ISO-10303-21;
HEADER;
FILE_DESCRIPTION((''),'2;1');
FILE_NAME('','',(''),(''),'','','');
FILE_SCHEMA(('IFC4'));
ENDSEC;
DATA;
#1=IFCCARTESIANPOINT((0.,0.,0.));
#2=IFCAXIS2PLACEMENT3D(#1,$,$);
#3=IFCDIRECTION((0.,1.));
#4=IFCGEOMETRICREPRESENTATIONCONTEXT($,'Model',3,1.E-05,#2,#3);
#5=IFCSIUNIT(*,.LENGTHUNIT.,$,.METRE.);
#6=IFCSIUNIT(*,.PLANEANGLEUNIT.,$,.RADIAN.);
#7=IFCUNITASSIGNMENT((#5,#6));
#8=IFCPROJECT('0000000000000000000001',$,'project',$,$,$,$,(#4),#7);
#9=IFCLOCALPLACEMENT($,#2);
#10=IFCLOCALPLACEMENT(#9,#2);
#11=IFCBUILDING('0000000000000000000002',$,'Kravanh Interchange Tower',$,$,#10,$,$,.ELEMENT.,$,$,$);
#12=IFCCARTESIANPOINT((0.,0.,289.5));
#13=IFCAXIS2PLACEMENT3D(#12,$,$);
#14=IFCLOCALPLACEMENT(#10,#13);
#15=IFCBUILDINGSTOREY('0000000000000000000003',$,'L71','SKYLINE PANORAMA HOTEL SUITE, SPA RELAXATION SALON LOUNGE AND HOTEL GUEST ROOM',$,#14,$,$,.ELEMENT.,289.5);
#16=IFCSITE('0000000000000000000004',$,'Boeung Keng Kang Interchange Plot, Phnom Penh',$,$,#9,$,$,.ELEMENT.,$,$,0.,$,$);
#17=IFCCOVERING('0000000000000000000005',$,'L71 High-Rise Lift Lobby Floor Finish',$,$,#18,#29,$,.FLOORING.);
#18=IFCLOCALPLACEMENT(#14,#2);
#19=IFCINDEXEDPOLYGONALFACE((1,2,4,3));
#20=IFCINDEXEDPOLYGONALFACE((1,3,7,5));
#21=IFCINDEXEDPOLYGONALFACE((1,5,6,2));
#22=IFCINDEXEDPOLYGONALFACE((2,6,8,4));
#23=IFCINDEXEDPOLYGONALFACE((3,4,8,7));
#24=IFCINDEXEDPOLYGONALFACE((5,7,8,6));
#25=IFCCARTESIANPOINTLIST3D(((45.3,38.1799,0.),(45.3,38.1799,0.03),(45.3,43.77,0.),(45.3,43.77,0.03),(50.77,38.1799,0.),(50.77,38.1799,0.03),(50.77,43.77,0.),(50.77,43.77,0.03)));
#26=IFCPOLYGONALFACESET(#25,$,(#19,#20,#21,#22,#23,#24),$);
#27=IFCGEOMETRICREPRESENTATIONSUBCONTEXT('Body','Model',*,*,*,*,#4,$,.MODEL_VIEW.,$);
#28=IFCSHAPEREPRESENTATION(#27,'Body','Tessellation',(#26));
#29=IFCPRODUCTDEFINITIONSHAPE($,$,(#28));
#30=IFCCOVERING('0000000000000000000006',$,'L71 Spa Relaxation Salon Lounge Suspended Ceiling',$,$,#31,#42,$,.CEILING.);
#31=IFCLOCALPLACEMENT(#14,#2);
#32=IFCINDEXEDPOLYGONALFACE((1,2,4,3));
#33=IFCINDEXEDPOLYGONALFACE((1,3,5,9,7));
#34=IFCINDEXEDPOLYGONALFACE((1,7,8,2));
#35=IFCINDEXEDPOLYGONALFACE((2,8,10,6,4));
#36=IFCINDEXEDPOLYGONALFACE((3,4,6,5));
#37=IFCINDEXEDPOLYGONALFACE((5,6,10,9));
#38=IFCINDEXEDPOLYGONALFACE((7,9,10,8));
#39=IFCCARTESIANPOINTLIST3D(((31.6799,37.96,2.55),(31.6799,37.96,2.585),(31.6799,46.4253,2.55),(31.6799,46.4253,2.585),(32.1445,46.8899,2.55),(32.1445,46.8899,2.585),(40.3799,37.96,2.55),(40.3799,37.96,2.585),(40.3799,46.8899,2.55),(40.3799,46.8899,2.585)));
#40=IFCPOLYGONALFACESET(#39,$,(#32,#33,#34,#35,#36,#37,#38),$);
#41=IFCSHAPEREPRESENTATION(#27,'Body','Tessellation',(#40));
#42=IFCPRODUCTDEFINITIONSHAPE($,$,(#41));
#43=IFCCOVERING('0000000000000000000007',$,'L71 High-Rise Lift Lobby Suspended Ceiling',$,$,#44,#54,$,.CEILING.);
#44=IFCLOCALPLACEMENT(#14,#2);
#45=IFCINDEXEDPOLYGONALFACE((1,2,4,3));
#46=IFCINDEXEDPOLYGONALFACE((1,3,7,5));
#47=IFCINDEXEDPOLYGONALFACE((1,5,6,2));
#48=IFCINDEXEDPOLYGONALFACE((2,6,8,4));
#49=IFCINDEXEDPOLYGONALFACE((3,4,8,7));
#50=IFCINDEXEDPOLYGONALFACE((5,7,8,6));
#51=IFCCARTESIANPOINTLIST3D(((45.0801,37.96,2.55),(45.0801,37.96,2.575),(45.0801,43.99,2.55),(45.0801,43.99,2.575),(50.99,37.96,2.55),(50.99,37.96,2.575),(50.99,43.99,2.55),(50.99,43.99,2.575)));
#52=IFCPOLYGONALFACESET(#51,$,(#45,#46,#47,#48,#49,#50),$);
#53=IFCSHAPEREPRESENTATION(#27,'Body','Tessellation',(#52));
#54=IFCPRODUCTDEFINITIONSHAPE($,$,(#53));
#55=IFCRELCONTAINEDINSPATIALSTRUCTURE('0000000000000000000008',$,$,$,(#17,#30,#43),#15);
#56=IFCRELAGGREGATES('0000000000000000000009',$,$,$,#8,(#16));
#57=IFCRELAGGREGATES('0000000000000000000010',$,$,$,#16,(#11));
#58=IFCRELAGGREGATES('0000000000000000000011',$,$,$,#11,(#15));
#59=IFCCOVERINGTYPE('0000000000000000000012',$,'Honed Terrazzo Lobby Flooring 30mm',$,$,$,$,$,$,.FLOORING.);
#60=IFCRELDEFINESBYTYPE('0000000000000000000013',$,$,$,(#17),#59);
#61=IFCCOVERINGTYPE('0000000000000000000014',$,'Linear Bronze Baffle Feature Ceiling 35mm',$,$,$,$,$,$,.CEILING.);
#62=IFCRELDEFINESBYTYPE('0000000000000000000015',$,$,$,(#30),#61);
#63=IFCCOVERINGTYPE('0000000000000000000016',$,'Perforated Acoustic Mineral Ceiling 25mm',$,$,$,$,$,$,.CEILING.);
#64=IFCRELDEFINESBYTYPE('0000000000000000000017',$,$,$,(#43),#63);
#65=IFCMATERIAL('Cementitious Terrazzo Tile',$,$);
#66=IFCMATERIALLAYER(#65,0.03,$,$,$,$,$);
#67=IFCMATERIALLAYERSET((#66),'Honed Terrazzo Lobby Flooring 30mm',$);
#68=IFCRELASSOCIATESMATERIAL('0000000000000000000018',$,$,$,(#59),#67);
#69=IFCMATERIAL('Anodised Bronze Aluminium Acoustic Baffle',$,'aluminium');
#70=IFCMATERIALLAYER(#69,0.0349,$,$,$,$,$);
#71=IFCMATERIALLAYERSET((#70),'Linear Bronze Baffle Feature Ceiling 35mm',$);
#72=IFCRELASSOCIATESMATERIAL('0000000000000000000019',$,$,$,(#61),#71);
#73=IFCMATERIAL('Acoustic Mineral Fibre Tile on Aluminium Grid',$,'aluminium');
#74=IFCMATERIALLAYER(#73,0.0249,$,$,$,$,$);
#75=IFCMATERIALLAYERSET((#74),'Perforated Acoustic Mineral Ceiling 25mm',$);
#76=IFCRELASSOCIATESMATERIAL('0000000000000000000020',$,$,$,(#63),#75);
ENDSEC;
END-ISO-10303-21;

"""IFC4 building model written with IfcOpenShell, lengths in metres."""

from ifc_helpers import new_model, si_unit, direction, frame, origin, place, context, subcontext, project, spatial, polyline, outline, extrude, material, layer, layer_set, type_object, element, save


model = new_model("IFC4")

# Units and contexts
model_context = context("Model", 3, precision=1e-05, world=origin(), true_north=direction((0.0, 1.0)))
body_context = subcontext(model_context, "Body", "Model", "MODEL_VIEW")
ifc_project = project(units=[si_unit("LENGTHUNIT", "METRE"), si_unit("PLANEANGLEUNIT", "RADIAN")], contexts=[model_context])

# Site, building, storey
site_placement = place(None, origin())
site = spatial("IfcSite", under=ifc_project, at=site_placement, Name="Boeung Keng Kang Interchange Plot, Phnom Penh", CompositionType="ELEMENT", RefElevation=0.0)
building_placement = place(site_placement, origin())
building = spatial("IfcBuilding", under=site, at=building_placement, Name="Kravanh Interchange Tower", CompositionType="ELEMENT")
storey_placement = place(building_placement, frame((0.0, 0.0, 289.5)))
storey = spatial("IfcBuildingStorey", under=building, at=storey_placement, Name="L71", Description="SKYLINE PANORAMA HOTEL SUITE, SPA RELAXATION SALON LOUNGE AND HOTEL GUEST ROOM", CompositionType="ELEMENT", Elevation=289.5)

# Coverings
ifc_material_1 = material(Name="Cementitious Terrazzo Tile")
ifc_layer_1 = layer(ifc_material_1, 0.03)
ifc_layer_set_1 = layer_set([ifc_layer_1], Name="Honed Terrazzo Lobby Flooring 30mm")
covering_type_1 = type_object("IfcCoveringType", Name="Honed Terrazzo Lobby Flooring 30mm", PredefinedType="FLOORING", material=ifc_layer_set_1)
covering_1_placement = place(storey_placement, origin())
element("IfcCovering", 1, at=covering_1_placement, inside=storey, type_object=covering_type_1, Name="L71 High-Rise Lift Lobby Floor Finish", PredefinedType="FLOORING", context=body_context, shape_type="SweptSolid", body=[
    extrude(outline(polyline([(45.3, 43.77), (50.77, 43.77), (50.77, 38.1799), (45.3, 38.1799), (45.3, 43.77)])), origin(), (0.0, 0.0, 1.0), 0.03),
])
ifc_material_2 = material(Name="Anodised Bronze Aluminium Acoustic Baffle", Category="aluminium")
ifc_layer_2 = layer(ifc_material_2, 0.0349)
ifc_layer_set_2 = layer_set([ifc_layer_2], Name="Linear Bronze Baffle Feature Ceiling 35mm")
covering_type_2 = type_object("IfcCoveringType", Name="Linear Bronze Baffle Feature Ceiling 35mm", PredefinedType="CEILING", material=ifc_layer_set_2)
covering_2_placement = place(storey_placement, frame((0.0, 0.0, 2.55)))
element("IfcCovering", 2, at=covering_2_placement, inside=storey, type_object=covering_type_2, Name="L71 Spa Relaxation Salon Lounge Suspended Ceiling", PredefinedType="CEILING", context=body_context, shape_type="SweptSolid", body=[
    extrude(outline(polyline([(40.3799, 37.96), (31.6799, 37.96), (31.6799, 46.4253), (32.1445, 46.8899), (40.3799, 46.8899), (40.3799, 37.96)])), origin(), (0.0, 0.0, 1.0), 0.0349),
])
ifc_material_3 = material(Name="Acoustic Mineral Fibre Tile on Aluminium Grid", Category="aluminium")
ifc_layer_3 = layer(ifc_material_3, 0.0249)
ifc_layer_set_3 = layer_set([ifc_layer_3], Name="Perforated Acoustic Mineral Ceiling 25mm")
covering_type_3 = type_object("IfcCoveringType", Name="Perforated Acoustic Mineral Ceiling 25mm", PredefinedType="CEILING", material=ifc_layer_set_3)
covering_3_placement = place(storey_placement, frame((0.0, 0.0, 2.55)))
element("IfcCovering", 3, at=covering_3_placement, inside=storey, type_object=covering_type_3, Name="L71 High-Rise Lift Lobby Suspended Ceiling", PredefinedType="CEILING", context=body_context, shape_type="SweptSolid", body=[
    extrude(outline(polyline([(50.99, 37.96), (45.0801, 37.96), (45.0801, 43.99), (50.99, 43.99), (50.99, 37.96)])), origin(), (0.0, 0.0, 1.0), 0.0249),
])

save(model, "model.ifc")
